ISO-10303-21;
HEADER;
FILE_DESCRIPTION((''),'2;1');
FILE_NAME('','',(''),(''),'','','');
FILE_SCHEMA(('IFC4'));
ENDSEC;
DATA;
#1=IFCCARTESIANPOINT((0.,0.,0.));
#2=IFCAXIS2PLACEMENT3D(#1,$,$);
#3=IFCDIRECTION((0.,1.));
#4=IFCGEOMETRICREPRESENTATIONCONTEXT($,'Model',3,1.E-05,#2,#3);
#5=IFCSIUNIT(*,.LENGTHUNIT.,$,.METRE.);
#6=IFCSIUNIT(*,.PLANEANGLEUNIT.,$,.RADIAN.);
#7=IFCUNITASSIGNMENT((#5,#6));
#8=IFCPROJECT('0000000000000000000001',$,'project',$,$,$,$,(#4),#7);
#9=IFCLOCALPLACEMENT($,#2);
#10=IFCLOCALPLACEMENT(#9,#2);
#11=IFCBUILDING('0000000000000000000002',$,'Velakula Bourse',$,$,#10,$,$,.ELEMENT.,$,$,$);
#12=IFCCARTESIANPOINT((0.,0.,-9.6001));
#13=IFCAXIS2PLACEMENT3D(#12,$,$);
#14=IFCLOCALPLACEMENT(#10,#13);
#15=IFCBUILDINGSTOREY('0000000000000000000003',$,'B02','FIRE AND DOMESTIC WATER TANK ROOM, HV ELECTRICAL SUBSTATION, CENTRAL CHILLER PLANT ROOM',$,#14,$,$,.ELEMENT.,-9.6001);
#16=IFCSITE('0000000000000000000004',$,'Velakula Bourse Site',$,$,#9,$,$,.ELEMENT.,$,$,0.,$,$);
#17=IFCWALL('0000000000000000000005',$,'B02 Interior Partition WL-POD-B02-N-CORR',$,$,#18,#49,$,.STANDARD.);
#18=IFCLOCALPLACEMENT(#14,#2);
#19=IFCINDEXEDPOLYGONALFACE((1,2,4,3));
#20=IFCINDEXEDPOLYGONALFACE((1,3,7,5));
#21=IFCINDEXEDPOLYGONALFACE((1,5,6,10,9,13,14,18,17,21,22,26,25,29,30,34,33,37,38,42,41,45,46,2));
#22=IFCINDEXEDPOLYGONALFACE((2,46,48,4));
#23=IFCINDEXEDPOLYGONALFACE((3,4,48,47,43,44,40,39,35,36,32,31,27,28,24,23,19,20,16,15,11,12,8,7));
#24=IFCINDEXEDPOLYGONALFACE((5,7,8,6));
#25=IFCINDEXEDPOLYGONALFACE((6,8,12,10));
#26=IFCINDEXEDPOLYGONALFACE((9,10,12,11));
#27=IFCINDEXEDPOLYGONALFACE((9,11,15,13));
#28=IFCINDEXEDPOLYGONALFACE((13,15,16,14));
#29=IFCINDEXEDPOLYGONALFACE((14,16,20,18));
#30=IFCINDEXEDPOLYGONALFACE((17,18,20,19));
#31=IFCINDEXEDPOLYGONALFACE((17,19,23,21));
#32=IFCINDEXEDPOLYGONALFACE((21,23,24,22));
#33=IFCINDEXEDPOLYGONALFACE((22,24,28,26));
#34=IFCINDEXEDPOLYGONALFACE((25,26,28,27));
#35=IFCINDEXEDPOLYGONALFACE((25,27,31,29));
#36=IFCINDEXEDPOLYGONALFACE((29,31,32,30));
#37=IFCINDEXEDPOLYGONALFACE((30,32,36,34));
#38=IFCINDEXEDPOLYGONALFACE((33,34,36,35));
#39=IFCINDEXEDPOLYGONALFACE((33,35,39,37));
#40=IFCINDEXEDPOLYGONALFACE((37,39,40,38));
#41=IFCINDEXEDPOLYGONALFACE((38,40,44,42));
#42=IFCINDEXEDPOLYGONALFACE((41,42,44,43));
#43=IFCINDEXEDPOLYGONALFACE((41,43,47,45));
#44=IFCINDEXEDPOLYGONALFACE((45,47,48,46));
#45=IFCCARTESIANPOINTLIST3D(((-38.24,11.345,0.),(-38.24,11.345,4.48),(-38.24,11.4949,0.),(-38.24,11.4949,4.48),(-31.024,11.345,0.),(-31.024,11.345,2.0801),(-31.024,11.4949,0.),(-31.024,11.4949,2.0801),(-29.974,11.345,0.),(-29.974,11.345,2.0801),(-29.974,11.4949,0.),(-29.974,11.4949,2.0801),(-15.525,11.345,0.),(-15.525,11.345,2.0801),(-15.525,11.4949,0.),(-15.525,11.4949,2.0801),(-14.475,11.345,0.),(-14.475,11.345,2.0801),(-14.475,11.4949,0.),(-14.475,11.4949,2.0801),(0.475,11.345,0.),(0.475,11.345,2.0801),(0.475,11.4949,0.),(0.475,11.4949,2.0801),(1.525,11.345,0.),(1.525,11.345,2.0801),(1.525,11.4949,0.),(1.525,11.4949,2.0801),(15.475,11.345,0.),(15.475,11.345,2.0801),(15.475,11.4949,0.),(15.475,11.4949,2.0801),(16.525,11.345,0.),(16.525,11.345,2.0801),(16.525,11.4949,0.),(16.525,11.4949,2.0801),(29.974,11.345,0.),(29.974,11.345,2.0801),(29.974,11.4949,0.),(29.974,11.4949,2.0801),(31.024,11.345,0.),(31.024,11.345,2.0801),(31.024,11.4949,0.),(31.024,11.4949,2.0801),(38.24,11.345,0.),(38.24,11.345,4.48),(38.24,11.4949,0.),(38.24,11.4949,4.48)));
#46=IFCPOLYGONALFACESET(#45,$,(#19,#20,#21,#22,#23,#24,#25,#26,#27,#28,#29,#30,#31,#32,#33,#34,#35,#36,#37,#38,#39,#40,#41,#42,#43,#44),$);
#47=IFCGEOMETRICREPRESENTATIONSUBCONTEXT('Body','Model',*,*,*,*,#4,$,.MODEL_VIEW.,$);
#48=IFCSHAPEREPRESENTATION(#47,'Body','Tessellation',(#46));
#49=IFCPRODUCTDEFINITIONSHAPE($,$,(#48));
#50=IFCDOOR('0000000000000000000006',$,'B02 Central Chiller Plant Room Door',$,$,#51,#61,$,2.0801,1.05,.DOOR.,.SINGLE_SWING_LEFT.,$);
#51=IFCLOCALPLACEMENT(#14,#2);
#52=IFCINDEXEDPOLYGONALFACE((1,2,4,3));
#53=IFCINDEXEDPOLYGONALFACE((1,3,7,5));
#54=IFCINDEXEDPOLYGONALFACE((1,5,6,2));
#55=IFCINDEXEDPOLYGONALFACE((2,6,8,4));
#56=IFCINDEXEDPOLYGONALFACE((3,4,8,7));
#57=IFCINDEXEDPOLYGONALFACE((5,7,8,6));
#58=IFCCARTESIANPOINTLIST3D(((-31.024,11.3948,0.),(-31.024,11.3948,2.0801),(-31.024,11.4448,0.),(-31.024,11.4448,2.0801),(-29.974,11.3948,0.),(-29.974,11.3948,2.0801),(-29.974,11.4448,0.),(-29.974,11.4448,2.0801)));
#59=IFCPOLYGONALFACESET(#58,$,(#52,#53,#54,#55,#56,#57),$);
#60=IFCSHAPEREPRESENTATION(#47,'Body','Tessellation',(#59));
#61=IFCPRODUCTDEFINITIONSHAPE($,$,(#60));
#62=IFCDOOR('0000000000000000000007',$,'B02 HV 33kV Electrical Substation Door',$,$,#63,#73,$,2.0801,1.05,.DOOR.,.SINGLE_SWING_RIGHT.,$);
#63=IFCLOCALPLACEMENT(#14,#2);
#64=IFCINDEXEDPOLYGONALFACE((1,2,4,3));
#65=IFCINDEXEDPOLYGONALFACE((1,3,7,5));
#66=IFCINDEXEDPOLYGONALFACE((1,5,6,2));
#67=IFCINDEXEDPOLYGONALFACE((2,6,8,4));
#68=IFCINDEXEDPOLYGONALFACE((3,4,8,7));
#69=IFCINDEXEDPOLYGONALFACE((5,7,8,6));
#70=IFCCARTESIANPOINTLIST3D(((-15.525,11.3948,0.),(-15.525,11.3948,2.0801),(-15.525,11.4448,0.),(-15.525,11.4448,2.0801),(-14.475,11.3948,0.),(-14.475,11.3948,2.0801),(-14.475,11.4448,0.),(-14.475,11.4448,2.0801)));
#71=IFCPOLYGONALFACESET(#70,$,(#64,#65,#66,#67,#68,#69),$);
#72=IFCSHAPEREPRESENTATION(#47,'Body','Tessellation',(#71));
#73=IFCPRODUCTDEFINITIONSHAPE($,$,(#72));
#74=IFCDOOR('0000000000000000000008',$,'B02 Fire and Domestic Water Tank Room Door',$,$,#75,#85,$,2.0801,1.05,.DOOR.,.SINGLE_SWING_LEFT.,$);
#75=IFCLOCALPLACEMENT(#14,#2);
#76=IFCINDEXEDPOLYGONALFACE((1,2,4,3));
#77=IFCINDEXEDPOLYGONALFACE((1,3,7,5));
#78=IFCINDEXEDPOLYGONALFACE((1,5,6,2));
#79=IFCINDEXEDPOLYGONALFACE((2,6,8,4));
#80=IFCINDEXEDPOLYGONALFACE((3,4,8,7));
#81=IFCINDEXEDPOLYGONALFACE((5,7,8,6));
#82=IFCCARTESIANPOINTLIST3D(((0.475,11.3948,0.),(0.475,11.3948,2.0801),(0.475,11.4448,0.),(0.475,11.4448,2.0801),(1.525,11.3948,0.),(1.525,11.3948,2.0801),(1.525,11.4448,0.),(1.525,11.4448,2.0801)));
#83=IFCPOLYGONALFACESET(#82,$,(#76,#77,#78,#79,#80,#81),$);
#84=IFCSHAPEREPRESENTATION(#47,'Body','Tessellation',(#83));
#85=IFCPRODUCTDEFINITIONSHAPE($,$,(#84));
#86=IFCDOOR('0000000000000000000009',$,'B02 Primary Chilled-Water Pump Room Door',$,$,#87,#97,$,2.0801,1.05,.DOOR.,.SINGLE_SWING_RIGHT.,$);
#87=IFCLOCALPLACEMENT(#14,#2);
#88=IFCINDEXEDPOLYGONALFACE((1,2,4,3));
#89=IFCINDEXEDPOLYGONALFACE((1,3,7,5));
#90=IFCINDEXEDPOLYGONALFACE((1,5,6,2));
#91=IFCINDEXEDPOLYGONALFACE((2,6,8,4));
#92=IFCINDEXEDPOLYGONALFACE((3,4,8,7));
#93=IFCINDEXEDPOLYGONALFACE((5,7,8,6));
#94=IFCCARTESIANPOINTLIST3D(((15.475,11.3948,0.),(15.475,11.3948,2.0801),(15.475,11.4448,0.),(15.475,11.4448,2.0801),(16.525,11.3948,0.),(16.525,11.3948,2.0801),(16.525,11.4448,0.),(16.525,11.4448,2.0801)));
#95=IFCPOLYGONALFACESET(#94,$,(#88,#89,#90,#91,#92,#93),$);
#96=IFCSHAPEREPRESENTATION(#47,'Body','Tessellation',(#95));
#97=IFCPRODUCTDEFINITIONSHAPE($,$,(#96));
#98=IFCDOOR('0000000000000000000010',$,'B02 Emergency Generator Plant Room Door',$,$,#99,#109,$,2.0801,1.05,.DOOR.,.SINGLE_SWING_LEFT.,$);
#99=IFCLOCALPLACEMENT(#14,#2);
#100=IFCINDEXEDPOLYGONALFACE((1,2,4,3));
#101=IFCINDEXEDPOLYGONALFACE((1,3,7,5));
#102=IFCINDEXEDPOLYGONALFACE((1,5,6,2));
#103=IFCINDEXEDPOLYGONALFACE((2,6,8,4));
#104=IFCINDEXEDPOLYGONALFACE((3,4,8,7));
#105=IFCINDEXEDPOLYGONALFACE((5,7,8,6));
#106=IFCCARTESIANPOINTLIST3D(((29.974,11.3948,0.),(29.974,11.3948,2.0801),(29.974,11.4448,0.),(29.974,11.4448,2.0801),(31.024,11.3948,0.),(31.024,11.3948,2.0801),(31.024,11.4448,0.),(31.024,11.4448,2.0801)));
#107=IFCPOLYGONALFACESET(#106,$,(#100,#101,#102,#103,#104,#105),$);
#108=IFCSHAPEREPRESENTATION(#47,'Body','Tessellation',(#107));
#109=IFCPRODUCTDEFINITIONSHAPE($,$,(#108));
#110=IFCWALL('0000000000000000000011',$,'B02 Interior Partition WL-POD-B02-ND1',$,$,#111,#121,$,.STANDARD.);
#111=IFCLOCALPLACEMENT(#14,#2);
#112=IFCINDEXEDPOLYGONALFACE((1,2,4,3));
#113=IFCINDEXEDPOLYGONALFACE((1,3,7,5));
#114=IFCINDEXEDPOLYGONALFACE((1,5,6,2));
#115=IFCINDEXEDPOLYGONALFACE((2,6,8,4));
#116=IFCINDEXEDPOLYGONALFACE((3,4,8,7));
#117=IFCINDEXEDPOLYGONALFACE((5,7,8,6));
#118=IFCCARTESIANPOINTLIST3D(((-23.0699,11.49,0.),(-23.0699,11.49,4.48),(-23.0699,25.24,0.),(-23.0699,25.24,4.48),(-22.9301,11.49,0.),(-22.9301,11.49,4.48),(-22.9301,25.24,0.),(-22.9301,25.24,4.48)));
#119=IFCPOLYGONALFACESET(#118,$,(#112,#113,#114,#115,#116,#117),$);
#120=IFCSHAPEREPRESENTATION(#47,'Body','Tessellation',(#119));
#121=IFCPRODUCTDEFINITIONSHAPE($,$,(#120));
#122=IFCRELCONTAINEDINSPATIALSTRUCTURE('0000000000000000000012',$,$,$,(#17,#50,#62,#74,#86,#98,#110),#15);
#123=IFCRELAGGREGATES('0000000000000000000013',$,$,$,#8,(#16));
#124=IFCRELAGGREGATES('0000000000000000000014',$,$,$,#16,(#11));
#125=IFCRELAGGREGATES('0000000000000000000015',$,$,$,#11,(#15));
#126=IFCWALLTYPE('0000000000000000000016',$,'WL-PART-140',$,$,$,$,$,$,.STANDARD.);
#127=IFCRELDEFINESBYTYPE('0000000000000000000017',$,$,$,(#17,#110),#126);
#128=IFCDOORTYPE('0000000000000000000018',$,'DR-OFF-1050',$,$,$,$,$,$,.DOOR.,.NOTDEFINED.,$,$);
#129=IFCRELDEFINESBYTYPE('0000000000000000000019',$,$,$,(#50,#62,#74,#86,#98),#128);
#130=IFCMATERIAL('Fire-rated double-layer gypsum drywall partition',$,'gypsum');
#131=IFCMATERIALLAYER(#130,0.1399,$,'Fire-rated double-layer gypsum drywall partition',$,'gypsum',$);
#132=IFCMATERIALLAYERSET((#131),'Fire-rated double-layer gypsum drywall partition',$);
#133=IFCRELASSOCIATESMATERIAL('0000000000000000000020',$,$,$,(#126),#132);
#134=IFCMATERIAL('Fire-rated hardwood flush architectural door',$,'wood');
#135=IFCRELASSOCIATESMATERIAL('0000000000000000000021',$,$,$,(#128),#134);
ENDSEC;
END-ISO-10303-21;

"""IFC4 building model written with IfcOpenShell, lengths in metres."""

from ifc_helpers import new_model, si_unit, direction, frame, frame_2d, origin, place, context, subcontext, project, spatial, rectangle, extrude, material, layer, layer_set, type_object, element, fill, save


model = new_model("IFC4")

# Units and contexts
model_context = context("Model", 3, precision=1e-05, world=origin(), true_north=direction((0.0, 1.0)))
body_context = subcontext(model_context, "Body", "Model", "MODEL_VIEW")
ifc_project = project(units=[si_unit("LENGTHUNIT", "METRE"), si_unit("PLANEANGLEUNIT", "RADIAN")], contexts=[model_context])

# Site, building, storey
site_placement = place(None, origin())
site = spatial("IfcSite", under=ifc_project, at=site_placement, Name="Velakula Bourse Site", CompositionType="ELEMENT", RefElevation=0.0)
building_placement = place(site_placement, origin())
building = spatial("IfcBuilding", under=site, at=building_placement, Name="Velakula Bourse", CompositionType="ELEMENT")
storey_placement = place(building_placement, frame((0.0, 0.0, -9.6001)))
storey = spatial("IfcBuildingStorey", under=building, at=storey_placement, Name="B02", Description="FIRE AND DOMESTIC WATER TANK ROOM, HV ELECTRICAL SUBSTATION, CENTRAL CHILLER PLANT ROOM", CompositionType="ELEMENT", Elevation=-9.6001)

# Wall, openings, doors
ifc_material_1 = material(Name="Fire-rated double-layer gypsum drywall partition", Category="gypsum")
ifc_layer = layer(ifc_material_1, 0.1399, Name="Fire-rated double-layer gypsum drywall partition", Category="gypsum")
ifc_layer_set = layer_set([ifc_layer], Name="Fire-rated double-layer gypsum drywall partition")
wall_type = type_object("IfcWallType", Name="WL-PART-140", PredefinedType="STANDARD", material=ifc_layer_set)
wall_1_placement = place(storey_placement, frame((-38.24, 11.4199, 0.0), z_axis=(0.0, 0.0, 1.0), x_axis=(1.0, 0.0, 0.0)))
wall_1 = element("IfcWall", 1, at=wall_1_placement, inside=storey, type_object=wall_type, Name="B02 Interior Partition WL-POD-B02-N-CORR", PredefinedType="STANDARD", context=body_context, shape_type="SweptSolid", body=[
    extrude(rectangle(XDim=76.48, YDim=0.1499, at=frame_2d((38.24, 0.0))), origin(), (0.0, 0.0, 1.0), 4.48),
])
opening_1_placement = place(wall_1_placement, frame((7.2161, 0.0, 0.0)))
opening_1 = element("IfcOpeningElement", 2, at=opening_1_placement, cuts=wall_1, PredefinedType="OPENING", context=body_context, shape_type="SweptSolid", body=[
    extrude(rectangle(XDim=1.05, YDim=2.0801, at=frame_2d((0.5249, 1.04))), frame((0.0, 0.085, 0.0), z_axis=(0.0, -1.0, 0.0), x_axis=(1.0, 0.0, 0.0)), (0.0, 0.0, 1.0), 0.1699),
])
opening_2_placement = place(wall_1_placement, frame((22.7151, 0.0, 0.0)))
opening_2 = element("IfcOpeningElement", 3, at=opening_2_placement, cuts=wall_1, PredefinedType="OPENING", context=body_context, shape_type="SweptSolid", body=[
    extrude(rectangle(XDim=1.05, YDim=2.0801, at=frame_2d((0.5249, 1.04))), frame((0.0, 0.085, 0.0), z_axis=(0.0, -1.0, 0.0), x_axis=(1.0, 0.0, 0.0)), (0.0, 0.0, 1.0), 0.1699),
])
opening_3_placement = place(wall_1_placement, frame((38.7151, 0.0, 0.0)))
opening_3 = element("IfcOpeningElement", 4, at=opening_3_placement, cuts=wall_1, PredefinedType="OPENING", context=body_context, shape_type="SweptSolid", body=[
    extrude(rectangle(XDim=1.05, YDim=2.0801, at=frame_2d((0.5249, 1.04))), frame((0.0, 0.085, 0.0), z_axis=(0.0, -1.0, 0.0), x_axis=(1.0, 0.0, 0.0)), (0.0, 0.0, 1.0), 0.1699),
])
opening_4_placement = place(wall_1_placement, frame((53.7151, 0.0, 0.0)))
opening_4 = element("IfcOpeningElement", 5, at=opening_4_placement, cuts=wall_1, PredefinedType="OPENING", context=body_context, shape_type="SweptSolid", body=[
    extrude(rectangle(XDim=1.05, YDim=2.0801, at=frame_2d((0.5249, 1.04))), frame((0.0, 0.085, 0.0), z_axis=(0.0, -1.0, 0.0), x_axis=(1.0, 0.0, 0.0)), (0.0, 0.0, 1.0), 0.1699),
])
opening_5_placement = place(wall_1_placement, frame((68.2141, 0.0, 0.0)))
opening_5 = element("IfcOpeningElement", 6, at=opening_5_placement, cuts=wall_1, PredefinedType="OPENING", context=body_context, shape_type="SweptSolid", body=[
    extrude(rectangle(XDim=1.05, YDim=2.0801, at=frame_2d((0.5249, 1.04))), frame((0.0, 0.085, 0.0), z_axis=(0.0, -1.0, 0.0), x_axis=(1.0, 0.0, 0.0)), (0.0, 0.0, 1.0), 0.1699),
])
ifc_material_2 = material(Name="Fire-rated hardwood flush architectural door", Category="wood")
door_type = type_object("IfcDoorType", Name="DR-OFF-1050", OperationType="NOTDEFINED", PredefinedType="DOOR", material=ifc_material_2)
door_1_placement = place(opening_1_placement, origin())
door_1 = element("IfcDoor", 7, at=door_1_placement, inside=storey, type_object=door_type, Name="B02 Central Chiller Plant Room Door", OperationType="SINGLE_SWING_LEFT", OverallHeight=2.0801, OverallWidth=1.05, PredefinedType="DOOR", context=body_context, shape_type="SweptSolid", body=[
    extrude(rectangle(XDim=1.05, YDim=2.0801, at=frame_2d((0.5249, 1.04))), frame((0.0, 0.0249, 0.0), z_axis=(0.0, -1.0, 0.0), x_axis=(1.0, 0.0, 0.0)), (0.0, 0.0, 1.0), 0.05),
])
fill(opening_1, door_1)
door_2_placement = place(opening_2_placement, origin())
door_2 = element("IfcDoor", 8, at=door_2_placement, inside=storey, type_object=door_type, Name="B02 HV 33kV Electrical Substation Door", OperationType="SINGLE_SWING_RIGHT", OverallHeight=2.0801, OverallWidth=1.05, PredefinedType="DOOR", context=body_context, shape_type="SweptSolid", body=[
    extrude(rectangle(XDim=1.05, YDim=2.0801, at=frame_2d((0.5249, 1.04))), frame((0.0, 0.0249, 0.0), z_axis=(0.0, -1.0, 0.0), x_axis=(1.0, 0.0, 0.0)), (0.0, 0.0, 1.0), 0.05),
])
fill(opening_2, door_2)
door_3_placement = place(opening_3_placement, origin())
door_3 = element("IfcDoor", 9, at=door_3_placement, inside=storey, type_object=door_type, Name="B02 Fire and Domestic Water Tank Room Door", OperationType="SINGLE_SWING_LEFT", OverallHeight=2.0801, OverallWidth=1.05, PredefinedType="DOOR", context=body_context, shape_type="SweptSolid", body=[
    extrude(rectangle(XDim=1.05, YDim=2.0801, at=frame_2d((0.5249, 1.04))), frame((0.0, 0.0249, 0.0), z_axis=(0.0, -1.0, 0.0), x_axis=(1.0, 0.0, 0.0)), (0.0, 0.0, 1.0), 0.05),
])
fill(opening_3, door_3)
door_4_placement = place(opening_4_placement, origin())
door_4 = element("IfcDoor", 10, at=door_4_placement, inside=storey, type_object=door_type, Name="B02 Primary Chilled-Water Pump Room Door", OperationType="SINGLE_SWING_RIGHT", OverallHeight=2.0801, OverallWidth=1.05, PredefinedType="DOOR", context=body_context, shape_type="SweptSolid", body=[
    extrude(rectangle(XDim=1.05, YDim=2.0801, at=frame_2d((0.5249, 1.04))), frame((0.0, 0.0249, 0.0), z_axis=(0.0, -1.0, 0.0), x_axis=(1.0, 0.0, 0.0)), (0.0, 0.0, 1.0), 0.05),
])
fill(opening_4, door_4)
door_5_placement = place(opening_5_placement, origin())
door_5 = element("IfcDoor", 11, at=door_5_placement, inside=storey, type_object=door_type, Name="B02 Emergency Generator Plant Room Door", OperationType="SINGLE_SWING_LEFT", OverallHeight=2.0801, OverallWidth=1.05, PredefinedType="DOOR", context=body_context, shape_type="SweptSolid", body=[
    extrude(rectangle(XDim=1.05, YDim=2.0801, at=frame_2d((0.5249, 1.04))), frame((0.0, 0.0249, 0.0), z_axis=(0.0, -1.0, 0.0), x_axis=(1.0, 0.0, 0.0)), (0.0, 0.0, 1.0), 0.05),
])
fill(opening_5, door_5)

# Wall
wall_2_placement = place(storey_placement, frame((-23.0, 11.49, 0.0), z_axis=(0.0, 0.0, 1.0), x_axis=(0.0, 1.0, 0.0)))
element("IfcWall", 12, at=wall_2_placement, inside=storey, type_object=wall_type, Name="B02 Interior Partition WL-POD-B02-ND1", PredefinedType="STANDARD", context=body_context, shape_type="SweptSolid", body=[
    extrude(rectangle(XDim=13.75, YDim=0.1399, at=frame_2d((6.875, 0.0))), origin(), (0.0, 0.0, 1.0), 4.48),
])

save(model, "model.ifc")
